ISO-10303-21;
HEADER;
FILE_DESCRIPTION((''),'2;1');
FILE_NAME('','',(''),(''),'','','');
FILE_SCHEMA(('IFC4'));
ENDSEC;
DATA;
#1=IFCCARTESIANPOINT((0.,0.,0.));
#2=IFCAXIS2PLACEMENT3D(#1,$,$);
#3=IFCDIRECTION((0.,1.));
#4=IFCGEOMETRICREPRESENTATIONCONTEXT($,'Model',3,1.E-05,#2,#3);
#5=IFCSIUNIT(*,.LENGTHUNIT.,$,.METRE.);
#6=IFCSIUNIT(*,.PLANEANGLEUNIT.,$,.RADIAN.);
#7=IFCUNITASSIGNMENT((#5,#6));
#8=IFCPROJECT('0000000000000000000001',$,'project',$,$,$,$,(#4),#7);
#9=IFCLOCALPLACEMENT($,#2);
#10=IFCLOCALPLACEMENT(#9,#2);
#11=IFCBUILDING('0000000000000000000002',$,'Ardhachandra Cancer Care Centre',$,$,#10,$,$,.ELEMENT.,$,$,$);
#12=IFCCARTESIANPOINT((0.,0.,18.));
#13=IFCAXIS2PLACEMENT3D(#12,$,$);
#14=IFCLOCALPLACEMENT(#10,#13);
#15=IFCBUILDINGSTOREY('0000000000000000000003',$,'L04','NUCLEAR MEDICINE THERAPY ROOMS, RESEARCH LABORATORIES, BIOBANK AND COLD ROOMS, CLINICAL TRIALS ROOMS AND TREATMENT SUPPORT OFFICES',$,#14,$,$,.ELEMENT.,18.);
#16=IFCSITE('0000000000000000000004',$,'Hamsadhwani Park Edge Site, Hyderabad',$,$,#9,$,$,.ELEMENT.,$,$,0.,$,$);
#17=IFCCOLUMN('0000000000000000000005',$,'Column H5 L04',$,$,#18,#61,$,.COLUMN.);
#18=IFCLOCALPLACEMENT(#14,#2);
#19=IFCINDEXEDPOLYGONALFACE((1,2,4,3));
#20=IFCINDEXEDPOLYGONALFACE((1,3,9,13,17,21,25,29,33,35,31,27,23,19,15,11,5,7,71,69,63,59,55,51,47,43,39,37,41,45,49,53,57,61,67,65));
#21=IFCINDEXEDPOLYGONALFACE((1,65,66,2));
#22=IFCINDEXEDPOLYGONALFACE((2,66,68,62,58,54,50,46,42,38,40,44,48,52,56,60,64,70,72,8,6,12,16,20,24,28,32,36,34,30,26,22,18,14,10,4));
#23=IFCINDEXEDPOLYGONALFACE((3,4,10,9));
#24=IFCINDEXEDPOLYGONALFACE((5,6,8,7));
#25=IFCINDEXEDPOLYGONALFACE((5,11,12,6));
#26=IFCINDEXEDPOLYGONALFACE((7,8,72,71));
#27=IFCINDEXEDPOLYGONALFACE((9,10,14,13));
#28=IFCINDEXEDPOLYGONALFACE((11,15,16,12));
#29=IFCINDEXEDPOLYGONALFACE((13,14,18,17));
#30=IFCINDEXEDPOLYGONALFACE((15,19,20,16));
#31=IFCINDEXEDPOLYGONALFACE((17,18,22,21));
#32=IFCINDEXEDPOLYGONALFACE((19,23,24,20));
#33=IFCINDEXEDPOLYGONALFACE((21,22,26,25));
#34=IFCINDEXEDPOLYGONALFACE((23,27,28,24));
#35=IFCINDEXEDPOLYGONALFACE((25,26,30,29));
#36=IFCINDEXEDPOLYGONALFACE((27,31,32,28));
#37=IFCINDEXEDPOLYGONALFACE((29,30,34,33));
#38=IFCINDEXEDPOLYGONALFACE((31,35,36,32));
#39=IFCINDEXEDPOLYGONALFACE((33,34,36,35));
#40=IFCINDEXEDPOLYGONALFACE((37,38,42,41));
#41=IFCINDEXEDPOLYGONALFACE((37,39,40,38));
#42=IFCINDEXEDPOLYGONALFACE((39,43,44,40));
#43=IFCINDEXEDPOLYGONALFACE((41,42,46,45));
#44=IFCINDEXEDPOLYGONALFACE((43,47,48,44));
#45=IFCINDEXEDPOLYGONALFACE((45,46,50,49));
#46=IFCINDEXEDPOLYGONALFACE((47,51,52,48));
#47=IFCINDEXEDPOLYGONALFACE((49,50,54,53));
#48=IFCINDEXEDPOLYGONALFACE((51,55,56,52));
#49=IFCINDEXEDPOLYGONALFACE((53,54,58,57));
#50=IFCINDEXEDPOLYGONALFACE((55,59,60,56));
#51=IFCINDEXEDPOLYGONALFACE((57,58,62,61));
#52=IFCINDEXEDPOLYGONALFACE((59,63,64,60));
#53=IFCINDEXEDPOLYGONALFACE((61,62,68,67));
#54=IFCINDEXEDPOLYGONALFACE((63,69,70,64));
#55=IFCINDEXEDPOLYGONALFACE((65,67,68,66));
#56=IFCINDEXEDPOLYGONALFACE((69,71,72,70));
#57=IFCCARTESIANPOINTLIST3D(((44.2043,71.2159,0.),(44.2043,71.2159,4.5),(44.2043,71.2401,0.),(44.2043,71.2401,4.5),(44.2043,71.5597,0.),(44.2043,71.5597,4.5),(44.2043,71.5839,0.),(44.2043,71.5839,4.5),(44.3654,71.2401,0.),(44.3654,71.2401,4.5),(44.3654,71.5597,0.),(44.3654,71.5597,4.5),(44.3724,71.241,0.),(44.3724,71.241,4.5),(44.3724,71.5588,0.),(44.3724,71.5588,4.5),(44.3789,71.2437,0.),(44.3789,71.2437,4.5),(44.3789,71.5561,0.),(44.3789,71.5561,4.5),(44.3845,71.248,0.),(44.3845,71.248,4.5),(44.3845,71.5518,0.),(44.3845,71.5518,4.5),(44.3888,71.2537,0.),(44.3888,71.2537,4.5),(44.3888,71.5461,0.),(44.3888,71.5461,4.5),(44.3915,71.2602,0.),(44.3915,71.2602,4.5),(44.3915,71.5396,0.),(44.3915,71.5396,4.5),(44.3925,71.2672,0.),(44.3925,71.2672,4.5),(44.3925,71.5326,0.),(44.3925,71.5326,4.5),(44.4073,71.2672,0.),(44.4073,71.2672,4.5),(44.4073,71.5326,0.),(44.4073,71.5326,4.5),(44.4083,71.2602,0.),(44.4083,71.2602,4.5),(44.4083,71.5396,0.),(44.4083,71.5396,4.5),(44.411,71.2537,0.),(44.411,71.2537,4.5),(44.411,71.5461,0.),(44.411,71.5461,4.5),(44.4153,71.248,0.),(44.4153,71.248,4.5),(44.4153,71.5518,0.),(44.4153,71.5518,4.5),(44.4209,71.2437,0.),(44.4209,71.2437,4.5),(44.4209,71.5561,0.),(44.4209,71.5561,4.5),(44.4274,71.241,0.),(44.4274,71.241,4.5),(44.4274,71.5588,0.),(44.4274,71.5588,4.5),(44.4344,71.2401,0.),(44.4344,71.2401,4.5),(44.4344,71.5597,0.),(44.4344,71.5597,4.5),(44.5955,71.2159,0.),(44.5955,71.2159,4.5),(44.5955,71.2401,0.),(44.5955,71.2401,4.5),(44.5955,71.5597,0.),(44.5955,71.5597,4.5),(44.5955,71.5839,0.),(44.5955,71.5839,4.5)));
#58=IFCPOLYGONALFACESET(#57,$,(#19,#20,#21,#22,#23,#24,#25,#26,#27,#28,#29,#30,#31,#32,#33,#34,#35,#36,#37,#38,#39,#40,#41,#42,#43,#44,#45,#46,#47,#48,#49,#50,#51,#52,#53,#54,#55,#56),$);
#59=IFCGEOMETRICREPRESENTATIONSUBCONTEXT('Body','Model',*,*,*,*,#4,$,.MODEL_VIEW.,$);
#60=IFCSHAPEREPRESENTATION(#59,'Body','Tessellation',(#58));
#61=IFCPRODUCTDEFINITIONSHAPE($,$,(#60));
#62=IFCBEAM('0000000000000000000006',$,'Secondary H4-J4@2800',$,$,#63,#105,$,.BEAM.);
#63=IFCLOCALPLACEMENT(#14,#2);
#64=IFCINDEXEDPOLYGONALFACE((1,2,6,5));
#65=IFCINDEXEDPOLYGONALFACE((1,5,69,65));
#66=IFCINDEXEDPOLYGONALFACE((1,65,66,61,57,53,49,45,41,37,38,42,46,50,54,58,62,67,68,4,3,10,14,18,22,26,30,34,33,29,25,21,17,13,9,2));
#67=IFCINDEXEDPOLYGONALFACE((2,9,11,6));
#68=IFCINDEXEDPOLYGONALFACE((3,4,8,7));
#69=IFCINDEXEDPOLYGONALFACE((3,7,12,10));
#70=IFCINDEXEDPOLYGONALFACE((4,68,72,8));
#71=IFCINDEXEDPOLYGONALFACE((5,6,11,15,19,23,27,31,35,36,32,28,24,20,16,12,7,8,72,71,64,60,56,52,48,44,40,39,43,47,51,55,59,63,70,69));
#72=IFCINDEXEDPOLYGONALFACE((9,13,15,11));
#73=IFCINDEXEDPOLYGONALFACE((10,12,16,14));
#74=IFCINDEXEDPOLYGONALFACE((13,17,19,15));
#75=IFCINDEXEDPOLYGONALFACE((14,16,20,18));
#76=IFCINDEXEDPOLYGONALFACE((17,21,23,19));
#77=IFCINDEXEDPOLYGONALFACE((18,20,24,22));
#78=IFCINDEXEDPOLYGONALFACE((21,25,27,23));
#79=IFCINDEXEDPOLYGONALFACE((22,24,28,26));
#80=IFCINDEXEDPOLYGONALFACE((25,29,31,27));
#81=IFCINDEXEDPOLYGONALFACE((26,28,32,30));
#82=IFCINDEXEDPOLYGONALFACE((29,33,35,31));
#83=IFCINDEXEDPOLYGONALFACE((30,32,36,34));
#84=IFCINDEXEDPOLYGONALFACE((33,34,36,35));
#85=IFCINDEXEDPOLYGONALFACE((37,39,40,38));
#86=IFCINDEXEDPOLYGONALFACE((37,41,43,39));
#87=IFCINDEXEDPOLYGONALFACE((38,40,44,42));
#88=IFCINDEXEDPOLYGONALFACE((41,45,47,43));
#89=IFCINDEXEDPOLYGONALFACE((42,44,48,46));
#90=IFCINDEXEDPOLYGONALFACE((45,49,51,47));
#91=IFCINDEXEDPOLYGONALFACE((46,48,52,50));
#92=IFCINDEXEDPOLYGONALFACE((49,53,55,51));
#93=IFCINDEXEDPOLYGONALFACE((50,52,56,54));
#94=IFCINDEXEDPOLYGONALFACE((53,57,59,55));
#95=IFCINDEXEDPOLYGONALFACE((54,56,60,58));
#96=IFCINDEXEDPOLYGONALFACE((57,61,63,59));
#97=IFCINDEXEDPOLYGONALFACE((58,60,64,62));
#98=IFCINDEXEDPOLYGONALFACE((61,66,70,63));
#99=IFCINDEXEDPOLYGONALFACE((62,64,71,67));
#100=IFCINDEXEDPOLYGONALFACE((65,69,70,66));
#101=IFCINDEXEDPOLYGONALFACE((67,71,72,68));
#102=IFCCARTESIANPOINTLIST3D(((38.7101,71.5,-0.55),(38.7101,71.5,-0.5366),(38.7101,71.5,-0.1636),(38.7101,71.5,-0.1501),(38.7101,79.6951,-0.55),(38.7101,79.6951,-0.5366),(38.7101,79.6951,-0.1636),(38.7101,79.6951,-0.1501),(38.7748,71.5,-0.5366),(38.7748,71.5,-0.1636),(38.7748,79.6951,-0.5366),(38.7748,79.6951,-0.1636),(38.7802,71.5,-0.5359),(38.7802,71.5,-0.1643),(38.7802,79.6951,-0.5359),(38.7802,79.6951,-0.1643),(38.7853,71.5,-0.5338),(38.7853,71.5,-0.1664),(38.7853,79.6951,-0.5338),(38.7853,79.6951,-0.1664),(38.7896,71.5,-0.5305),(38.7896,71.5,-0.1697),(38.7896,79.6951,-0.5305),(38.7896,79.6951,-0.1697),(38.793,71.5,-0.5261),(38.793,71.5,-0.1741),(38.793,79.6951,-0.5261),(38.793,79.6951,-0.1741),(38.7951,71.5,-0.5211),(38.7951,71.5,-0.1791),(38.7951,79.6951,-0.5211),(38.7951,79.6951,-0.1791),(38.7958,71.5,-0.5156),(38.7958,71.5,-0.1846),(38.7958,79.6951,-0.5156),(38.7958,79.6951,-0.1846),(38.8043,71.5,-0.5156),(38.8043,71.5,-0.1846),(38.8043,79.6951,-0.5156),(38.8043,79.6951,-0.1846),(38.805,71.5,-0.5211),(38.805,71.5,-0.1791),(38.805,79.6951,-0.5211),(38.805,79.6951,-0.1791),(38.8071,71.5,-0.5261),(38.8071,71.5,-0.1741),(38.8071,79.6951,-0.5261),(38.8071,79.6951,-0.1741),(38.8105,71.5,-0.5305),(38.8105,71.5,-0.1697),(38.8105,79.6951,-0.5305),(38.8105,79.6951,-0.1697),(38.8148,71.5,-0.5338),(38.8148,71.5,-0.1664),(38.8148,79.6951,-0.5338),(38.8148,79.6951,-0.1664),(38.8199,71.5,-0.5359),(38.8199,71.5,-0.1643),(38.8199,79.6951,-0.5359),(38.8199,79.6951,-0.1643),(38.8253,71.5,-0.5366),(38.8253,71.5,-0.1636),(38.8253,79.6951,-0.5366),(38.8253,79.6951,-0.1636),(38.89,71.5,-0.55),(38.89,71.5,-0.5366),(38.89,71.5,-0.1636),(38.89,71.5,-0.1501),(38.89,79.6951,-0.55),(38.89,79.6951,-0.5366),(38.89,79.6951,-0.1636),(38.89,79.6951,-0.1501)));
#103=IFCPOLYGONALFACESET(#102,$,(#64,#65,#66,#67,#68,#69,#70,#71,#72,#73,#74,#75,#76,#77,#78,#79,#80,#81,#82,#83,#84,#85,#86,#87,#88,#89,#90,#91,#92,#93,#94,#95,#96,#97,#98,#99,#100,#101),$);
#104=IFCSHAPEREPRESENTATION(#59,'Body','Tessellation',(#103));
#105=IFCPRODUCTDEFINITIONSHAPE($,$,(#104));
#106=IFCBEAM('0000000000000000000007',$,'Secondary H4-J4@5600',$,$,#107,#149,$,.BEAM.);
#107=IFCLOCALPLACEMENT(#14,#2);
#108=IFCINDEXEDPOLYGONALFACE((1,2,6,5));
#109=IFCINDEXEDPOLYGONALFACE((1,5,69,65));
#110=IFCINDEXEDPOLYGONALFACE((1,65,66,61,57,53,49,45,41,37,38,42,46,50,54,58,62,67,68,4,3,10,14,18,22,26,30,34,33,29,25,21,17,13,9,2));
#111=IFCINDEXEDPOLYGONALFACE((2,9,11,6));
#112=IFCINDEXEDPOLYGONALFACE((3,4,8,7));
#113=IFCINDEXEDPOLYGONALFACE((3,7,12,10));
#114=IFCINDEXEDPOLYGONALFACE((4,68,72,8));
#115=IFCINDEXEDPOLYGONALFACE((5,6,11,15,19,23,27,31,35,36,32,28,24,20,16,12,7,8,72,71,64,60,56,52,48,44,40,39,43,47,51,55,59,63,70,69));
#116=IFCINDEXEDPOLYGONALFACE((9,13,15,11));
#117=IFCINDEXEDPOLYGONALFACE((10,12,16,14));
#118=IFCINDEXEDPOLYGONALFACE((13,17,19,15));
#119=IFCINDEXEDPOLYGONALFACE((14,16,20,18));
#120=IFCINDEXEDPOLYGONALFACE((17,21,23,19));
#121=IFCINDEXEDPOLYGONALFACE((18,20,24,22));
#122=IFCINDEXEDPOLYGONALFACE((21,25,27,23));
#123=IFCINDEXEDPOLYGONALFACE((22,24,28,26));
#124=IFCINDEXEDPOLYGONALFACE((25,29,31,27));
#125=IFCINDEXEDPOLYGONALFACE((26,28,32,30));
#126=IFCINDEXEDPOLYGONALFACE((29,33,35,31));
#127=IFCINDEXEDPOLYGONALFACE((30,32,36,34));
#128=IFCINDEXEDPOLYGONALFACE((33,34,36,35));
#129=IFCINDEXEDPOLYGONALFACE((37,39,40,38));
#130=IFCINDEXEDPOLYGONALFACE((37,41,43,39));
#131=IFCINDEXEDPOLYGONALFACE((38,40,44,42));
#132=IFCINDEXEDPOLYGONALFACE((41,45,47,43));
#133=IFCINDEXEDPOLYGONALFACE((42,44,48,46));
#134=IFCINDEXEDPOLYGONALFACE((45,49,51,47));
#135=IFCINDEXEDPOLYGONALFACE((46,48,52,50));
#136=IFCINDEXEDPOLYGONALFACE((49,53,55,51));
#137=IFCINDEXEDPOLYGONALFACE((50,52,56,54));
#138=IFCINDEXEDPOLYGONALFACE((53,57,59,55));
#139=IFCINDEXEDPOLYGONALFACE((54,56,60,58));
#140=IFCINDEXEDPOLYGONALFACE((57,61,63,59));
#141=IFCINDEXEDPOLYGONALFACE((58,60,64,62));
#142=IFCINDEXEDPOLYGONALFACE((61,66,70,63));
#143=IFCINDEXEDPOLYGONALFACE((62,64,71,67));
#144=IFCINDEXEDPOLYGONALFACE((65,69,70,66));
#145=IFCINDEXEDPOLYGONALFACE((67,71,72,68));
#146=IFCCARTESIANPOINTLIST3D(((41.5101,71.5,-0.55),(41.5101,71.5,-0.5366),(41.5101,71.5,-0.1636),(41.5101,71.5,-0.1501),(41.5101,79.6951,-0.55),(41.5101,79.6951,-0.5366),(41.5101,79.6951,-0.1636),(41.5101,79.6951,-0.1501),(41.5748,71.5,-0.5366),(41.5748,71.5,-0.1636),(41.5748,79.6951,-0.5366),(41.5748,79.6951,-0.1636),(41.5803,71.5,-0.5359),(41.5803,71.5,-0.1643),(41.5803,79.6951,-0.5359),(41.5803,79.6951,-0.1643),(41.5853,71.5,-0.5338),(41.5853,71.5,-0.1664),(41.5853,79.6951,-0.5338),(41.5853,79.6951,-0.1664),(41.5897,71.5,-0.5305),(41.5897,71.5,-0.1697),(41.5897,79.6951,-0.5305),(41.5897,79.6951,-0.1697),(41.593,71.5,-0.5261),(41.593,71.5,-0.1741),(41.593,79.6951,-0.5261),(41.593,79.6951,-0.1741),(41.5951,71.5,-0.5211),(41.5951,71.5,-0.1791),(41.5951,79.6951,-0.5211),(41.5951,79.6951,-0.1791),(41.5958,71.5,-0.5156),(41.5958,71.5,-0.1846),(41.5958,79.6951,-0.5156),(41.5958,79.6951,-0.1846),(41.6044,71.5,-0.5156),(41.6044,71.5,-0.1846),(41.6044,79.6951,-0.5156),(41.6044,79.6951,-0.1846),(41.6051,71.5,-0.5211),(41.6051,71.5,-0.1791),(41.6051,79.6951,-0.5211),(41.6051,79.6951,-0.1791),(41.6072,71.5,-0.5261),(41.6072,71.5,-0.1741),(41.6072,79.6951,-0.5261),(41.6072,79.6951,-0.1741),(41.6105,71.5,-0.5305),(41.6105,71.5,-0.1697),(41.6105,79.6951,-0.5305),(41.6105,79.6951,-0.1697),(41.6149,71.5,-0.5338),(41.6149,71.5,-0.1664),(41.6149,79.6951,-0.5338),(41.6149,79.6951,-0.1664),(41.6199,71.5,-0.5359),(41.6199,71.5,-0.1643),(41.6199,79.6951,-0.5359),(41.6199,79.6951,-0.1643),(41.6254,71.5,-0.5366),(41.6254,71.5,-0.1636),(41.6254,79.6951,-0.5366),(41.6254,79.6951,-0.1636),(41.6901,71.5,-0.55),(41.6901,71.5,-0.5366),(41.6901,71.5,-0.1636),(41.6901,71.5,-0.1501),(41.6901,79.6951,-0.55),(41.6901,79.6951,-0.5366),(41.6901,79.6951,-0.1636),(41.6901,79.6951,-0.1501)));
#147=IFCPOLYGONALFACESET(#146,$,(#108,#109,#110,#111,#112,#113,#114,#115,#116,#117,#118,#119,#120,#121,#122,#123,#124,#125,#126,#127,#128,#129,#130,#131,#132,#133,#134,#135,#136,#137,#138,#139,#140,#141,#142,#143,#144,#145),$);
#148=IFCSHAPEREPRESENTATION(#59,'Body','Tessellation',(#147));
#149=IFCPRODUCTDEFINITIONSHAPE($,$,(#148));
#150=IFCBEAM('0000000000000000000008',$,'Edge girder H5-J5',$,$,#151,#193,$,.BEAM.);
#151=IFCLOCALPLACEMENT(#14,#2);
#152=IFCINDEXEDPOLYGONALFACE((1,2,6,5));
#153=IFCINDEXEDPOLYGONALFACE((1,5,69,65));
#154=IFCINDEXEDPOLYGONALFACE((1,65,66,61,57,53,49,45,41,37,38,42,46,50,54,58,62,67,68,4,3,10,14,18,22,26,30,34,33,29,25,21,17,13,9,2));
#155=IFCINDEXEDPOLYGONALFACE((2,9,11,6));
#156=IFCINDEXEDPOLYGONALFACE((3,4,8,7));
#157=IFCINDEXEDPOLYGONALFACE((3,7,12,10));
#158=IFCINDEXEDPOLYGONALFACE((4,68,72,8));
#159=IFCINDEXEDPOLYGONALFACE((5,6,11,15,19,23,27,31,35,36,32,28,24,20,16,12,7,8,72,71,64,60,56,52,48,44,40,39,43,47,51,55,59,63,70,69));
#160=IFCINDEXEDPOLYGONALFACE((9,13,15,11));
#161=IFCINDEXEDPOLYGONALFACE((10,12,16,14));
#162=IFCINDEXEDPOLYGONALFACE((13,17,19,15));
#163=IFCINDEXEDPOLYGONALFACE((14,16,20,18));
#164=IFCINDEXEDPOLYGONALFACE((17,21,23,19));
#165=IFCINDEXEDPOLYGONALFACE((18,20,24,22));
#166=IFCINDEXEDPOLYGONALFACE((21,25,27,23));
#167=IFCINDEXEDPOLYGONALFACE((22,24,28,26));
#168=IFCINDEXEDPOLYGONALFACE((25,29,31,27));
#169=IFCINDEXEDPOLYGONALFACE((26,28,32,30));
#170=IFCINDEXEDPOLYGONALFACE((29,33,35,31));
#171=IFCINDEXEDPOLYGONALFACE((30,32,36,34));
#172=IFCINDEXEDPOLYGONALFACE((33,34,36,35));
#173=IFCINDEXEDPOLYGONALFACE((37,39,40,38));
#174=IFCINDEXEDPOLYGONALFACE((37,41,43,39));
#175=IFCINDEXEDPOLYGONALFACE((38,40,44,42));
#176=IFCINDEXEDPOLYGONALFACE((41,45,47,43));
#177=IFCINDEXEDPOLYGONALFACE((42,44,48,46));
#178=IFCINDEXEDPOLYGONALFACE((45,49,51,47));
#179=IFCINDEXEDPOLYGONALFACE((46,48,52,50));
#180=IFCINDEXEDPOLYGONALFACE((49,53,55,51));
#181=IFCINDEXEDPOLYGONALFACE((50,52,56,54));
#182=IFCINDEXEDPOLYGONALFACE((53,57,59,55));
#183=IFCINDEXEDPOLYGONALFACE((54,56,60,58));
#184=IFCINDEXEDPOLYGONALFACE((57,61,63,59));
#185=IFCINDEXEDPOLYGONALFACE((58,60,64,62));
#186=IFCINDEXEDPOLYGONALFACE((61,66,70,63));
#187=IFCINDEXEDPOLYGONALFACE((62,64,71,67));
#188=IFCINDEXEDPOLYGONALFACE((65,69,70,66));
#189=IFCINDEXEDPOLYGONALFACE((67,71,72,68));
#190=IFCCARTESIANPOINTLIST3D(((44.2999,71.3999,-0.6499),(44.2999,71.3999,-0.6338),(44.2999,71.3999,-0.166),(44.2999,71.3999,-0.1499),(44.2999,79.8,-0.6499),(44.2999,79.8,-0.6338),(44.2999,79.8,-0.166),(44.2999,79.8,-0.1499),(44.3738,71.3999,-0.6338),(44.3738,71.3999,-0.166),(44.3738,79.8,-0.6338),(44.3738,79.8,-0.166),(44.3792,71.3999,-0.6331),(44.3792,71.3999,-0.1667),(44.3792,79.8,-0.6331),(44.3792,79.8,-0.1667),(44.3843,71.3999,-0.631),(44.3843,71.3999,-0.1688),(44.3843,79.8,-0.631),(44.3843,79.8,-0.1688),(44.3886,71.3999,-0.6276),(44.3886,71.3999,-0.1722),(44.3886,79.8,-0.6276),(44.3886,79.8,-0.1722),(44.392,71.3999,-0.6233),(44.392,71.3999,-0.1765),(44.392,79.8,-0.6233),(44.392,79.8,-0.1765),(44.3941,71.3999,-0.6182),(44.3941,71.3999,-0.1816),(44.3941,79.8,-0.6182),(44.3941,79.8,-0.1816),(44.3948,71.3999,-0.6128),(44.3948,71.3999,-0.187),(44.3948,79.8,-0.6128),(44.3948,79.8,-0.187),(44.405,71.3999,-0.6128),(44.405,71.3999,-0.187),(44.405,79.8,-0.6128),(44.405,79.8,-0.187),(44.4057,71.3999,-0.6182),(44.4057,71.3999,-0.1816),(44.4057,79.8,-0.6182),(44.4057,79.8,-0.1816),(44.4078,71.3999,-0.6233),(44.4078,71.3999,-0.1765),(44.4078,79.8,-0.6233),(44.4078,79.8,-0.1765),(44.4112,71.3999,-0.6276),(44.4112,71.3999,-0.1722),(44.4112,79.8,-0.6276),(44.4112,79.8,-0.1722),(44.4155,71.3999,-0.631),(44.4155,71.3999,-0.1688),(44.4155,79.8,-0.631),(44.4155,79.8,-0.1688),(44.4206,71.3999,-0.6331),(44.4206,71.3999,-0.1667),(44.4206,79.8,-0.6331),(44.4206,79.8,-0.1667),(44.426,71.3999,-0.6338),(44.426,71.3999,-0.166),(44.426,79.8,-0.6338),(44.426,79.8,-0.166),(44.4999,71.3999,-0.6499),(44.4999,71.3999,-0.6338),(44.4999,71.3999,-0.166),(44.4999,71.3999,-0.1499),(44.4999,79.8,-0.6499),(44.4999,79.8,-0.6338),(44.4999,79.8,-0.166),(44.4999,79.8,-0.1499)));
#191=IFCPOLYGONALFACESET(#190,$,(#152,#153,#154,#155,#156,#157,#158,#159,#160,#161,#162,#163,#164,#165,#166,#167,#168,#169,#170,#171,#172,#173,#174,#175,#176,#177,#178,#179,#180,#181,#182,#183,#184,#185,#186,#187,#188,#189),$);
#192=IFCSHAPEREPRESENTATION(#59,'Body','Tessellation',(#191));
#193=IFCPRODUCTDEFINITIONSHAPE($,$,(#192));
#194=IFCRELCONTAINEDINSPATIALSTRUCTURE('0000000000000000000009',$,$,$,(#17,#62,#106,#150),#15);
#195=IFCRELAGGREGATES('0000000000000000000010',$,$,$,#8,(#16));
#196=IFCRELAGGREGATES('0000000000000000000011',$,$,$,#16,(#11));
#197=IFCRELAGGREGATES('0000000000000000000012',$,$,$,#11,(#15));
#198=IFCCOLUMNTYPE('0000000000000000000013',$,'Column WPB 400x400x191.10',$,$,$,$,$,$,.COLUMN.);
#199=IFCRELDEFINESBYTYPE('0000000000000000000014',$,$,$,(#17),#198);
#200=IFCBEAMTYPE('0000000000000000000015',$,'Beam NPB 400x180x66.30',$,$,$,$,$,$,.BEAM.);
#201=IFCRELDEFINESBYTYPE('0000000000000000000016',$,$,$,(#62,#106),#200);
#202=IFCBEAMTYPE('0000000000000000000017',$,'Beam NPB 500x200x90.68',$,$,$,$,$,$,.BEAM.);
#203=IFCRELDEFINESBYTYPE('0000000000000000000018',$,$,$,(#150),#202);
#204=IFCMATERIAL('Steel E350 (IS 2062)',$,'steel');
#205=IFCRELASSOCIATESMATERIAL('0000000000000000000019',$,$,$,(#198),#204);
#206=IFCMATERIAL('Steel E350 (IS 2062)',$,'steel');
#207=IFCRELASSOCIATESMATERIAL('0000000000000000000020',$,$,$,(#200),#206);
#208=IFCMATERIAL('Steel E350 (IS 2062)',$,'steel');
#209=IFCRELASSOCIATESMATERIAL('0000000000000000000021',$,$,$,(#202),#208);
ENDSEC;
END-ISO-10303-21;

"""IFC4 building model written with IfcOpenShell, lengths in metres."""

from ifc_helpers import new_model, si_unit, direction, frame, origin, origin_2d, place, context, subcontext, project, spatial, i_section, extrude, material, material_profile, profile_set, type_object, element, save


model = new_model("IFC4")

# Units and contexts
model_context = context("Model", 3, precision=1e-05, world=origin(), true_north=direction((0.0, 1.0)))
body_context = subcontext(model_context, "Body", "Model", "MODEL_VIEW")
ifc_project = project(units=[si_unit("LENGTHUNIT", "METRE"), si_unit("PLANEANGLEUNIT", "RADIAN")], contexts=[model_context])

# Site, building, storey
site_placement = place(None, origin())
site = spatial("IfcSite", under=ifc_project, at=site_placement, Name="Hamsadhwani Park Edge Site, Hyderabad", CompositionType="ELEMENT", RefElevation=0.0)
building_placement = place(site_placement, origin())
building = spatial("IfcBuilding", under=site, at=building_placement, Name="Ardhachandra Cancer Care Centre", CompositionType="ELEMENT")
storey_placement = place(building_placement, frame((0.0, 0.0, 18.0)))
storey = spatial("IfcBuildingStorey", under=building, at=storey_placement, Name="L04", Description="NUCLEAR MEDICINE THERAPY ROOMS, RESEARCH LABORATORIES, BIOBANK AND COLD ROOMS, CLINICAL TRIALS ROOMS AND TREATMENT SUPPORT OFFICES", CompositionType="ELEMENT", Elevation=18.0)

# Column
ifc_material_1 = material(Name="Steel E350 (IS 2062)", Category="steel")
ifc_material_profile_1 = material_profile(ifc_material_1, i_section(OverallWidth=0.3911, OverallDepth=0.3679, WebThickness=0.0149, FlangeThickness=0.0242, FilletRadius=0.0271, at=origin_2d()), Name="WPB 400x400x191.10")
ifc_profile_set_1 = profile_set([ifc_material_profile_1], Name="Steel E350 (IS 2062)")
column_type = type_object("IfcColumnType", Name="Column WPB 400x400x191.10", PredefinedType="COLUMN", material=ifc_profile_set_1)
column_placement = place(storey_placement, frame((44.3999, 71.3999, 0.0), z_axis=(0.0, 0.0, 1.0), x_axis=(1.0, 0.0, 0.0)))
element("IfcColumn", 1, at=column_placement, inside=storey, type_object=column_type, Name="Column H5 L04", PredefinedType="COLUMN", context=body_context, shape_type="SweptSolid", body=[
    extrude(i_section(OverallWidth=0.3911, OverallDepth=0.3679, WebThickness=0.0149, FlangeThickness=0.0242, FilletRadius=0.0271, at=origin_2d()), origin(), (0.0, 0.0, 1.0), 4.5),
])

# Beams
ifc_material_2 = material(Name="Steel E350 (IS 2062)", Category="steel")
ifc_material_profile_2 = material_profile(ifc_material_2, i_section(OverallWidth=0.1799, OverallDepth=0.3999, WebThickness=0.0085, FlangeThickness=0.0134, FilletRadius=0.021, at=origin_2d()), Name="NPB 400x180x66.30")
ifc_profile_set_2 = profile_set([ifc_material_profile_2], Name="Steel E350 (IS 2062)")
beam_type_1 = type_object("IfcBeamType", Name="Beam NPB 400x180x66.30", PredefinedType="BEAM", material=ifc_profile_set_2)
for number, where, z_axis, x_axis, name in (
    (2, (38.8, 71.5, -0.3501), (0.0, 1.0, 0.0), (-1.0, 0.0, 0.0), "Secondary H4-J4@2800"),
    (3, (41.6001, 71.5, -0.3501), (0.0, 1.0, 0.0), (-1.0, 0.0, 0.0), "Secondary H4-J4@5600"),
):
    element("IfcBeam", number, at=place(storey_placement, frame(where, z_axis=z_axis, x_axis=x_axis)), inside=storey, type_object=beam_type_1, Name=name, PredefinedType="BEAM", context=body_context, shape_type="SweptSolid", body=[
        extrude(i_section(OverallWidth=0.1799, OverallDepth=0.3999, WebThickness=0.0085, FlangeThickness=0.0134, FilletRadius=0.021, at=origin_2d()), origin(), (0.0, 0.0, 1.0), 8.1951),
    ])
ifc_material_3 = material(Name="Steel E350 (IS 2062)", Category="steel")
ifc_material_profile_3 = material_profile(ifc_material_3, i_section(OverallWidth=0.2, OverallDepth=0.5, WebThickness=0.0103, FlangeThickness=0.0161, FilletRadius=0.021, at=origin_2d()), Name="NPB 500x200x90.68")
ifc_profile_set_3 = profile_set([ifc_material_profile_3], Name="Steel E350 (IS 2062)")
beam_type_2 = type_object("IfcBeamType", Name="Beam NPB 500x200x90.68", PredefinedType="BEAM", material=ifc_profile_set_3)
beam_placement = place(storey_placement, frame((44.3999, 71.3999, -0.3999), z_axis=(0.0, 1.0, 0.0), x_axis=(-1.0, 0.0, 0.0)))
element("IfcBeam", 4, at=beam_placement, inside=storey, type_object=beam_type_2, Name="Edge girder H5-J5", PredefinedType="BEAM", context=body_context, shape_type="SweptSolid", body=[
    extrude(i_section(OverallWidth=0.2, OverallDepth=0.5, WebThickness=0.0103, FlangeThickness=0.0161, FilletRadius=0.021, at=origin_2d()), origin(), (0.0, 0.0, 1.0), 8.4001),
])

save(model, "model.ifc")
